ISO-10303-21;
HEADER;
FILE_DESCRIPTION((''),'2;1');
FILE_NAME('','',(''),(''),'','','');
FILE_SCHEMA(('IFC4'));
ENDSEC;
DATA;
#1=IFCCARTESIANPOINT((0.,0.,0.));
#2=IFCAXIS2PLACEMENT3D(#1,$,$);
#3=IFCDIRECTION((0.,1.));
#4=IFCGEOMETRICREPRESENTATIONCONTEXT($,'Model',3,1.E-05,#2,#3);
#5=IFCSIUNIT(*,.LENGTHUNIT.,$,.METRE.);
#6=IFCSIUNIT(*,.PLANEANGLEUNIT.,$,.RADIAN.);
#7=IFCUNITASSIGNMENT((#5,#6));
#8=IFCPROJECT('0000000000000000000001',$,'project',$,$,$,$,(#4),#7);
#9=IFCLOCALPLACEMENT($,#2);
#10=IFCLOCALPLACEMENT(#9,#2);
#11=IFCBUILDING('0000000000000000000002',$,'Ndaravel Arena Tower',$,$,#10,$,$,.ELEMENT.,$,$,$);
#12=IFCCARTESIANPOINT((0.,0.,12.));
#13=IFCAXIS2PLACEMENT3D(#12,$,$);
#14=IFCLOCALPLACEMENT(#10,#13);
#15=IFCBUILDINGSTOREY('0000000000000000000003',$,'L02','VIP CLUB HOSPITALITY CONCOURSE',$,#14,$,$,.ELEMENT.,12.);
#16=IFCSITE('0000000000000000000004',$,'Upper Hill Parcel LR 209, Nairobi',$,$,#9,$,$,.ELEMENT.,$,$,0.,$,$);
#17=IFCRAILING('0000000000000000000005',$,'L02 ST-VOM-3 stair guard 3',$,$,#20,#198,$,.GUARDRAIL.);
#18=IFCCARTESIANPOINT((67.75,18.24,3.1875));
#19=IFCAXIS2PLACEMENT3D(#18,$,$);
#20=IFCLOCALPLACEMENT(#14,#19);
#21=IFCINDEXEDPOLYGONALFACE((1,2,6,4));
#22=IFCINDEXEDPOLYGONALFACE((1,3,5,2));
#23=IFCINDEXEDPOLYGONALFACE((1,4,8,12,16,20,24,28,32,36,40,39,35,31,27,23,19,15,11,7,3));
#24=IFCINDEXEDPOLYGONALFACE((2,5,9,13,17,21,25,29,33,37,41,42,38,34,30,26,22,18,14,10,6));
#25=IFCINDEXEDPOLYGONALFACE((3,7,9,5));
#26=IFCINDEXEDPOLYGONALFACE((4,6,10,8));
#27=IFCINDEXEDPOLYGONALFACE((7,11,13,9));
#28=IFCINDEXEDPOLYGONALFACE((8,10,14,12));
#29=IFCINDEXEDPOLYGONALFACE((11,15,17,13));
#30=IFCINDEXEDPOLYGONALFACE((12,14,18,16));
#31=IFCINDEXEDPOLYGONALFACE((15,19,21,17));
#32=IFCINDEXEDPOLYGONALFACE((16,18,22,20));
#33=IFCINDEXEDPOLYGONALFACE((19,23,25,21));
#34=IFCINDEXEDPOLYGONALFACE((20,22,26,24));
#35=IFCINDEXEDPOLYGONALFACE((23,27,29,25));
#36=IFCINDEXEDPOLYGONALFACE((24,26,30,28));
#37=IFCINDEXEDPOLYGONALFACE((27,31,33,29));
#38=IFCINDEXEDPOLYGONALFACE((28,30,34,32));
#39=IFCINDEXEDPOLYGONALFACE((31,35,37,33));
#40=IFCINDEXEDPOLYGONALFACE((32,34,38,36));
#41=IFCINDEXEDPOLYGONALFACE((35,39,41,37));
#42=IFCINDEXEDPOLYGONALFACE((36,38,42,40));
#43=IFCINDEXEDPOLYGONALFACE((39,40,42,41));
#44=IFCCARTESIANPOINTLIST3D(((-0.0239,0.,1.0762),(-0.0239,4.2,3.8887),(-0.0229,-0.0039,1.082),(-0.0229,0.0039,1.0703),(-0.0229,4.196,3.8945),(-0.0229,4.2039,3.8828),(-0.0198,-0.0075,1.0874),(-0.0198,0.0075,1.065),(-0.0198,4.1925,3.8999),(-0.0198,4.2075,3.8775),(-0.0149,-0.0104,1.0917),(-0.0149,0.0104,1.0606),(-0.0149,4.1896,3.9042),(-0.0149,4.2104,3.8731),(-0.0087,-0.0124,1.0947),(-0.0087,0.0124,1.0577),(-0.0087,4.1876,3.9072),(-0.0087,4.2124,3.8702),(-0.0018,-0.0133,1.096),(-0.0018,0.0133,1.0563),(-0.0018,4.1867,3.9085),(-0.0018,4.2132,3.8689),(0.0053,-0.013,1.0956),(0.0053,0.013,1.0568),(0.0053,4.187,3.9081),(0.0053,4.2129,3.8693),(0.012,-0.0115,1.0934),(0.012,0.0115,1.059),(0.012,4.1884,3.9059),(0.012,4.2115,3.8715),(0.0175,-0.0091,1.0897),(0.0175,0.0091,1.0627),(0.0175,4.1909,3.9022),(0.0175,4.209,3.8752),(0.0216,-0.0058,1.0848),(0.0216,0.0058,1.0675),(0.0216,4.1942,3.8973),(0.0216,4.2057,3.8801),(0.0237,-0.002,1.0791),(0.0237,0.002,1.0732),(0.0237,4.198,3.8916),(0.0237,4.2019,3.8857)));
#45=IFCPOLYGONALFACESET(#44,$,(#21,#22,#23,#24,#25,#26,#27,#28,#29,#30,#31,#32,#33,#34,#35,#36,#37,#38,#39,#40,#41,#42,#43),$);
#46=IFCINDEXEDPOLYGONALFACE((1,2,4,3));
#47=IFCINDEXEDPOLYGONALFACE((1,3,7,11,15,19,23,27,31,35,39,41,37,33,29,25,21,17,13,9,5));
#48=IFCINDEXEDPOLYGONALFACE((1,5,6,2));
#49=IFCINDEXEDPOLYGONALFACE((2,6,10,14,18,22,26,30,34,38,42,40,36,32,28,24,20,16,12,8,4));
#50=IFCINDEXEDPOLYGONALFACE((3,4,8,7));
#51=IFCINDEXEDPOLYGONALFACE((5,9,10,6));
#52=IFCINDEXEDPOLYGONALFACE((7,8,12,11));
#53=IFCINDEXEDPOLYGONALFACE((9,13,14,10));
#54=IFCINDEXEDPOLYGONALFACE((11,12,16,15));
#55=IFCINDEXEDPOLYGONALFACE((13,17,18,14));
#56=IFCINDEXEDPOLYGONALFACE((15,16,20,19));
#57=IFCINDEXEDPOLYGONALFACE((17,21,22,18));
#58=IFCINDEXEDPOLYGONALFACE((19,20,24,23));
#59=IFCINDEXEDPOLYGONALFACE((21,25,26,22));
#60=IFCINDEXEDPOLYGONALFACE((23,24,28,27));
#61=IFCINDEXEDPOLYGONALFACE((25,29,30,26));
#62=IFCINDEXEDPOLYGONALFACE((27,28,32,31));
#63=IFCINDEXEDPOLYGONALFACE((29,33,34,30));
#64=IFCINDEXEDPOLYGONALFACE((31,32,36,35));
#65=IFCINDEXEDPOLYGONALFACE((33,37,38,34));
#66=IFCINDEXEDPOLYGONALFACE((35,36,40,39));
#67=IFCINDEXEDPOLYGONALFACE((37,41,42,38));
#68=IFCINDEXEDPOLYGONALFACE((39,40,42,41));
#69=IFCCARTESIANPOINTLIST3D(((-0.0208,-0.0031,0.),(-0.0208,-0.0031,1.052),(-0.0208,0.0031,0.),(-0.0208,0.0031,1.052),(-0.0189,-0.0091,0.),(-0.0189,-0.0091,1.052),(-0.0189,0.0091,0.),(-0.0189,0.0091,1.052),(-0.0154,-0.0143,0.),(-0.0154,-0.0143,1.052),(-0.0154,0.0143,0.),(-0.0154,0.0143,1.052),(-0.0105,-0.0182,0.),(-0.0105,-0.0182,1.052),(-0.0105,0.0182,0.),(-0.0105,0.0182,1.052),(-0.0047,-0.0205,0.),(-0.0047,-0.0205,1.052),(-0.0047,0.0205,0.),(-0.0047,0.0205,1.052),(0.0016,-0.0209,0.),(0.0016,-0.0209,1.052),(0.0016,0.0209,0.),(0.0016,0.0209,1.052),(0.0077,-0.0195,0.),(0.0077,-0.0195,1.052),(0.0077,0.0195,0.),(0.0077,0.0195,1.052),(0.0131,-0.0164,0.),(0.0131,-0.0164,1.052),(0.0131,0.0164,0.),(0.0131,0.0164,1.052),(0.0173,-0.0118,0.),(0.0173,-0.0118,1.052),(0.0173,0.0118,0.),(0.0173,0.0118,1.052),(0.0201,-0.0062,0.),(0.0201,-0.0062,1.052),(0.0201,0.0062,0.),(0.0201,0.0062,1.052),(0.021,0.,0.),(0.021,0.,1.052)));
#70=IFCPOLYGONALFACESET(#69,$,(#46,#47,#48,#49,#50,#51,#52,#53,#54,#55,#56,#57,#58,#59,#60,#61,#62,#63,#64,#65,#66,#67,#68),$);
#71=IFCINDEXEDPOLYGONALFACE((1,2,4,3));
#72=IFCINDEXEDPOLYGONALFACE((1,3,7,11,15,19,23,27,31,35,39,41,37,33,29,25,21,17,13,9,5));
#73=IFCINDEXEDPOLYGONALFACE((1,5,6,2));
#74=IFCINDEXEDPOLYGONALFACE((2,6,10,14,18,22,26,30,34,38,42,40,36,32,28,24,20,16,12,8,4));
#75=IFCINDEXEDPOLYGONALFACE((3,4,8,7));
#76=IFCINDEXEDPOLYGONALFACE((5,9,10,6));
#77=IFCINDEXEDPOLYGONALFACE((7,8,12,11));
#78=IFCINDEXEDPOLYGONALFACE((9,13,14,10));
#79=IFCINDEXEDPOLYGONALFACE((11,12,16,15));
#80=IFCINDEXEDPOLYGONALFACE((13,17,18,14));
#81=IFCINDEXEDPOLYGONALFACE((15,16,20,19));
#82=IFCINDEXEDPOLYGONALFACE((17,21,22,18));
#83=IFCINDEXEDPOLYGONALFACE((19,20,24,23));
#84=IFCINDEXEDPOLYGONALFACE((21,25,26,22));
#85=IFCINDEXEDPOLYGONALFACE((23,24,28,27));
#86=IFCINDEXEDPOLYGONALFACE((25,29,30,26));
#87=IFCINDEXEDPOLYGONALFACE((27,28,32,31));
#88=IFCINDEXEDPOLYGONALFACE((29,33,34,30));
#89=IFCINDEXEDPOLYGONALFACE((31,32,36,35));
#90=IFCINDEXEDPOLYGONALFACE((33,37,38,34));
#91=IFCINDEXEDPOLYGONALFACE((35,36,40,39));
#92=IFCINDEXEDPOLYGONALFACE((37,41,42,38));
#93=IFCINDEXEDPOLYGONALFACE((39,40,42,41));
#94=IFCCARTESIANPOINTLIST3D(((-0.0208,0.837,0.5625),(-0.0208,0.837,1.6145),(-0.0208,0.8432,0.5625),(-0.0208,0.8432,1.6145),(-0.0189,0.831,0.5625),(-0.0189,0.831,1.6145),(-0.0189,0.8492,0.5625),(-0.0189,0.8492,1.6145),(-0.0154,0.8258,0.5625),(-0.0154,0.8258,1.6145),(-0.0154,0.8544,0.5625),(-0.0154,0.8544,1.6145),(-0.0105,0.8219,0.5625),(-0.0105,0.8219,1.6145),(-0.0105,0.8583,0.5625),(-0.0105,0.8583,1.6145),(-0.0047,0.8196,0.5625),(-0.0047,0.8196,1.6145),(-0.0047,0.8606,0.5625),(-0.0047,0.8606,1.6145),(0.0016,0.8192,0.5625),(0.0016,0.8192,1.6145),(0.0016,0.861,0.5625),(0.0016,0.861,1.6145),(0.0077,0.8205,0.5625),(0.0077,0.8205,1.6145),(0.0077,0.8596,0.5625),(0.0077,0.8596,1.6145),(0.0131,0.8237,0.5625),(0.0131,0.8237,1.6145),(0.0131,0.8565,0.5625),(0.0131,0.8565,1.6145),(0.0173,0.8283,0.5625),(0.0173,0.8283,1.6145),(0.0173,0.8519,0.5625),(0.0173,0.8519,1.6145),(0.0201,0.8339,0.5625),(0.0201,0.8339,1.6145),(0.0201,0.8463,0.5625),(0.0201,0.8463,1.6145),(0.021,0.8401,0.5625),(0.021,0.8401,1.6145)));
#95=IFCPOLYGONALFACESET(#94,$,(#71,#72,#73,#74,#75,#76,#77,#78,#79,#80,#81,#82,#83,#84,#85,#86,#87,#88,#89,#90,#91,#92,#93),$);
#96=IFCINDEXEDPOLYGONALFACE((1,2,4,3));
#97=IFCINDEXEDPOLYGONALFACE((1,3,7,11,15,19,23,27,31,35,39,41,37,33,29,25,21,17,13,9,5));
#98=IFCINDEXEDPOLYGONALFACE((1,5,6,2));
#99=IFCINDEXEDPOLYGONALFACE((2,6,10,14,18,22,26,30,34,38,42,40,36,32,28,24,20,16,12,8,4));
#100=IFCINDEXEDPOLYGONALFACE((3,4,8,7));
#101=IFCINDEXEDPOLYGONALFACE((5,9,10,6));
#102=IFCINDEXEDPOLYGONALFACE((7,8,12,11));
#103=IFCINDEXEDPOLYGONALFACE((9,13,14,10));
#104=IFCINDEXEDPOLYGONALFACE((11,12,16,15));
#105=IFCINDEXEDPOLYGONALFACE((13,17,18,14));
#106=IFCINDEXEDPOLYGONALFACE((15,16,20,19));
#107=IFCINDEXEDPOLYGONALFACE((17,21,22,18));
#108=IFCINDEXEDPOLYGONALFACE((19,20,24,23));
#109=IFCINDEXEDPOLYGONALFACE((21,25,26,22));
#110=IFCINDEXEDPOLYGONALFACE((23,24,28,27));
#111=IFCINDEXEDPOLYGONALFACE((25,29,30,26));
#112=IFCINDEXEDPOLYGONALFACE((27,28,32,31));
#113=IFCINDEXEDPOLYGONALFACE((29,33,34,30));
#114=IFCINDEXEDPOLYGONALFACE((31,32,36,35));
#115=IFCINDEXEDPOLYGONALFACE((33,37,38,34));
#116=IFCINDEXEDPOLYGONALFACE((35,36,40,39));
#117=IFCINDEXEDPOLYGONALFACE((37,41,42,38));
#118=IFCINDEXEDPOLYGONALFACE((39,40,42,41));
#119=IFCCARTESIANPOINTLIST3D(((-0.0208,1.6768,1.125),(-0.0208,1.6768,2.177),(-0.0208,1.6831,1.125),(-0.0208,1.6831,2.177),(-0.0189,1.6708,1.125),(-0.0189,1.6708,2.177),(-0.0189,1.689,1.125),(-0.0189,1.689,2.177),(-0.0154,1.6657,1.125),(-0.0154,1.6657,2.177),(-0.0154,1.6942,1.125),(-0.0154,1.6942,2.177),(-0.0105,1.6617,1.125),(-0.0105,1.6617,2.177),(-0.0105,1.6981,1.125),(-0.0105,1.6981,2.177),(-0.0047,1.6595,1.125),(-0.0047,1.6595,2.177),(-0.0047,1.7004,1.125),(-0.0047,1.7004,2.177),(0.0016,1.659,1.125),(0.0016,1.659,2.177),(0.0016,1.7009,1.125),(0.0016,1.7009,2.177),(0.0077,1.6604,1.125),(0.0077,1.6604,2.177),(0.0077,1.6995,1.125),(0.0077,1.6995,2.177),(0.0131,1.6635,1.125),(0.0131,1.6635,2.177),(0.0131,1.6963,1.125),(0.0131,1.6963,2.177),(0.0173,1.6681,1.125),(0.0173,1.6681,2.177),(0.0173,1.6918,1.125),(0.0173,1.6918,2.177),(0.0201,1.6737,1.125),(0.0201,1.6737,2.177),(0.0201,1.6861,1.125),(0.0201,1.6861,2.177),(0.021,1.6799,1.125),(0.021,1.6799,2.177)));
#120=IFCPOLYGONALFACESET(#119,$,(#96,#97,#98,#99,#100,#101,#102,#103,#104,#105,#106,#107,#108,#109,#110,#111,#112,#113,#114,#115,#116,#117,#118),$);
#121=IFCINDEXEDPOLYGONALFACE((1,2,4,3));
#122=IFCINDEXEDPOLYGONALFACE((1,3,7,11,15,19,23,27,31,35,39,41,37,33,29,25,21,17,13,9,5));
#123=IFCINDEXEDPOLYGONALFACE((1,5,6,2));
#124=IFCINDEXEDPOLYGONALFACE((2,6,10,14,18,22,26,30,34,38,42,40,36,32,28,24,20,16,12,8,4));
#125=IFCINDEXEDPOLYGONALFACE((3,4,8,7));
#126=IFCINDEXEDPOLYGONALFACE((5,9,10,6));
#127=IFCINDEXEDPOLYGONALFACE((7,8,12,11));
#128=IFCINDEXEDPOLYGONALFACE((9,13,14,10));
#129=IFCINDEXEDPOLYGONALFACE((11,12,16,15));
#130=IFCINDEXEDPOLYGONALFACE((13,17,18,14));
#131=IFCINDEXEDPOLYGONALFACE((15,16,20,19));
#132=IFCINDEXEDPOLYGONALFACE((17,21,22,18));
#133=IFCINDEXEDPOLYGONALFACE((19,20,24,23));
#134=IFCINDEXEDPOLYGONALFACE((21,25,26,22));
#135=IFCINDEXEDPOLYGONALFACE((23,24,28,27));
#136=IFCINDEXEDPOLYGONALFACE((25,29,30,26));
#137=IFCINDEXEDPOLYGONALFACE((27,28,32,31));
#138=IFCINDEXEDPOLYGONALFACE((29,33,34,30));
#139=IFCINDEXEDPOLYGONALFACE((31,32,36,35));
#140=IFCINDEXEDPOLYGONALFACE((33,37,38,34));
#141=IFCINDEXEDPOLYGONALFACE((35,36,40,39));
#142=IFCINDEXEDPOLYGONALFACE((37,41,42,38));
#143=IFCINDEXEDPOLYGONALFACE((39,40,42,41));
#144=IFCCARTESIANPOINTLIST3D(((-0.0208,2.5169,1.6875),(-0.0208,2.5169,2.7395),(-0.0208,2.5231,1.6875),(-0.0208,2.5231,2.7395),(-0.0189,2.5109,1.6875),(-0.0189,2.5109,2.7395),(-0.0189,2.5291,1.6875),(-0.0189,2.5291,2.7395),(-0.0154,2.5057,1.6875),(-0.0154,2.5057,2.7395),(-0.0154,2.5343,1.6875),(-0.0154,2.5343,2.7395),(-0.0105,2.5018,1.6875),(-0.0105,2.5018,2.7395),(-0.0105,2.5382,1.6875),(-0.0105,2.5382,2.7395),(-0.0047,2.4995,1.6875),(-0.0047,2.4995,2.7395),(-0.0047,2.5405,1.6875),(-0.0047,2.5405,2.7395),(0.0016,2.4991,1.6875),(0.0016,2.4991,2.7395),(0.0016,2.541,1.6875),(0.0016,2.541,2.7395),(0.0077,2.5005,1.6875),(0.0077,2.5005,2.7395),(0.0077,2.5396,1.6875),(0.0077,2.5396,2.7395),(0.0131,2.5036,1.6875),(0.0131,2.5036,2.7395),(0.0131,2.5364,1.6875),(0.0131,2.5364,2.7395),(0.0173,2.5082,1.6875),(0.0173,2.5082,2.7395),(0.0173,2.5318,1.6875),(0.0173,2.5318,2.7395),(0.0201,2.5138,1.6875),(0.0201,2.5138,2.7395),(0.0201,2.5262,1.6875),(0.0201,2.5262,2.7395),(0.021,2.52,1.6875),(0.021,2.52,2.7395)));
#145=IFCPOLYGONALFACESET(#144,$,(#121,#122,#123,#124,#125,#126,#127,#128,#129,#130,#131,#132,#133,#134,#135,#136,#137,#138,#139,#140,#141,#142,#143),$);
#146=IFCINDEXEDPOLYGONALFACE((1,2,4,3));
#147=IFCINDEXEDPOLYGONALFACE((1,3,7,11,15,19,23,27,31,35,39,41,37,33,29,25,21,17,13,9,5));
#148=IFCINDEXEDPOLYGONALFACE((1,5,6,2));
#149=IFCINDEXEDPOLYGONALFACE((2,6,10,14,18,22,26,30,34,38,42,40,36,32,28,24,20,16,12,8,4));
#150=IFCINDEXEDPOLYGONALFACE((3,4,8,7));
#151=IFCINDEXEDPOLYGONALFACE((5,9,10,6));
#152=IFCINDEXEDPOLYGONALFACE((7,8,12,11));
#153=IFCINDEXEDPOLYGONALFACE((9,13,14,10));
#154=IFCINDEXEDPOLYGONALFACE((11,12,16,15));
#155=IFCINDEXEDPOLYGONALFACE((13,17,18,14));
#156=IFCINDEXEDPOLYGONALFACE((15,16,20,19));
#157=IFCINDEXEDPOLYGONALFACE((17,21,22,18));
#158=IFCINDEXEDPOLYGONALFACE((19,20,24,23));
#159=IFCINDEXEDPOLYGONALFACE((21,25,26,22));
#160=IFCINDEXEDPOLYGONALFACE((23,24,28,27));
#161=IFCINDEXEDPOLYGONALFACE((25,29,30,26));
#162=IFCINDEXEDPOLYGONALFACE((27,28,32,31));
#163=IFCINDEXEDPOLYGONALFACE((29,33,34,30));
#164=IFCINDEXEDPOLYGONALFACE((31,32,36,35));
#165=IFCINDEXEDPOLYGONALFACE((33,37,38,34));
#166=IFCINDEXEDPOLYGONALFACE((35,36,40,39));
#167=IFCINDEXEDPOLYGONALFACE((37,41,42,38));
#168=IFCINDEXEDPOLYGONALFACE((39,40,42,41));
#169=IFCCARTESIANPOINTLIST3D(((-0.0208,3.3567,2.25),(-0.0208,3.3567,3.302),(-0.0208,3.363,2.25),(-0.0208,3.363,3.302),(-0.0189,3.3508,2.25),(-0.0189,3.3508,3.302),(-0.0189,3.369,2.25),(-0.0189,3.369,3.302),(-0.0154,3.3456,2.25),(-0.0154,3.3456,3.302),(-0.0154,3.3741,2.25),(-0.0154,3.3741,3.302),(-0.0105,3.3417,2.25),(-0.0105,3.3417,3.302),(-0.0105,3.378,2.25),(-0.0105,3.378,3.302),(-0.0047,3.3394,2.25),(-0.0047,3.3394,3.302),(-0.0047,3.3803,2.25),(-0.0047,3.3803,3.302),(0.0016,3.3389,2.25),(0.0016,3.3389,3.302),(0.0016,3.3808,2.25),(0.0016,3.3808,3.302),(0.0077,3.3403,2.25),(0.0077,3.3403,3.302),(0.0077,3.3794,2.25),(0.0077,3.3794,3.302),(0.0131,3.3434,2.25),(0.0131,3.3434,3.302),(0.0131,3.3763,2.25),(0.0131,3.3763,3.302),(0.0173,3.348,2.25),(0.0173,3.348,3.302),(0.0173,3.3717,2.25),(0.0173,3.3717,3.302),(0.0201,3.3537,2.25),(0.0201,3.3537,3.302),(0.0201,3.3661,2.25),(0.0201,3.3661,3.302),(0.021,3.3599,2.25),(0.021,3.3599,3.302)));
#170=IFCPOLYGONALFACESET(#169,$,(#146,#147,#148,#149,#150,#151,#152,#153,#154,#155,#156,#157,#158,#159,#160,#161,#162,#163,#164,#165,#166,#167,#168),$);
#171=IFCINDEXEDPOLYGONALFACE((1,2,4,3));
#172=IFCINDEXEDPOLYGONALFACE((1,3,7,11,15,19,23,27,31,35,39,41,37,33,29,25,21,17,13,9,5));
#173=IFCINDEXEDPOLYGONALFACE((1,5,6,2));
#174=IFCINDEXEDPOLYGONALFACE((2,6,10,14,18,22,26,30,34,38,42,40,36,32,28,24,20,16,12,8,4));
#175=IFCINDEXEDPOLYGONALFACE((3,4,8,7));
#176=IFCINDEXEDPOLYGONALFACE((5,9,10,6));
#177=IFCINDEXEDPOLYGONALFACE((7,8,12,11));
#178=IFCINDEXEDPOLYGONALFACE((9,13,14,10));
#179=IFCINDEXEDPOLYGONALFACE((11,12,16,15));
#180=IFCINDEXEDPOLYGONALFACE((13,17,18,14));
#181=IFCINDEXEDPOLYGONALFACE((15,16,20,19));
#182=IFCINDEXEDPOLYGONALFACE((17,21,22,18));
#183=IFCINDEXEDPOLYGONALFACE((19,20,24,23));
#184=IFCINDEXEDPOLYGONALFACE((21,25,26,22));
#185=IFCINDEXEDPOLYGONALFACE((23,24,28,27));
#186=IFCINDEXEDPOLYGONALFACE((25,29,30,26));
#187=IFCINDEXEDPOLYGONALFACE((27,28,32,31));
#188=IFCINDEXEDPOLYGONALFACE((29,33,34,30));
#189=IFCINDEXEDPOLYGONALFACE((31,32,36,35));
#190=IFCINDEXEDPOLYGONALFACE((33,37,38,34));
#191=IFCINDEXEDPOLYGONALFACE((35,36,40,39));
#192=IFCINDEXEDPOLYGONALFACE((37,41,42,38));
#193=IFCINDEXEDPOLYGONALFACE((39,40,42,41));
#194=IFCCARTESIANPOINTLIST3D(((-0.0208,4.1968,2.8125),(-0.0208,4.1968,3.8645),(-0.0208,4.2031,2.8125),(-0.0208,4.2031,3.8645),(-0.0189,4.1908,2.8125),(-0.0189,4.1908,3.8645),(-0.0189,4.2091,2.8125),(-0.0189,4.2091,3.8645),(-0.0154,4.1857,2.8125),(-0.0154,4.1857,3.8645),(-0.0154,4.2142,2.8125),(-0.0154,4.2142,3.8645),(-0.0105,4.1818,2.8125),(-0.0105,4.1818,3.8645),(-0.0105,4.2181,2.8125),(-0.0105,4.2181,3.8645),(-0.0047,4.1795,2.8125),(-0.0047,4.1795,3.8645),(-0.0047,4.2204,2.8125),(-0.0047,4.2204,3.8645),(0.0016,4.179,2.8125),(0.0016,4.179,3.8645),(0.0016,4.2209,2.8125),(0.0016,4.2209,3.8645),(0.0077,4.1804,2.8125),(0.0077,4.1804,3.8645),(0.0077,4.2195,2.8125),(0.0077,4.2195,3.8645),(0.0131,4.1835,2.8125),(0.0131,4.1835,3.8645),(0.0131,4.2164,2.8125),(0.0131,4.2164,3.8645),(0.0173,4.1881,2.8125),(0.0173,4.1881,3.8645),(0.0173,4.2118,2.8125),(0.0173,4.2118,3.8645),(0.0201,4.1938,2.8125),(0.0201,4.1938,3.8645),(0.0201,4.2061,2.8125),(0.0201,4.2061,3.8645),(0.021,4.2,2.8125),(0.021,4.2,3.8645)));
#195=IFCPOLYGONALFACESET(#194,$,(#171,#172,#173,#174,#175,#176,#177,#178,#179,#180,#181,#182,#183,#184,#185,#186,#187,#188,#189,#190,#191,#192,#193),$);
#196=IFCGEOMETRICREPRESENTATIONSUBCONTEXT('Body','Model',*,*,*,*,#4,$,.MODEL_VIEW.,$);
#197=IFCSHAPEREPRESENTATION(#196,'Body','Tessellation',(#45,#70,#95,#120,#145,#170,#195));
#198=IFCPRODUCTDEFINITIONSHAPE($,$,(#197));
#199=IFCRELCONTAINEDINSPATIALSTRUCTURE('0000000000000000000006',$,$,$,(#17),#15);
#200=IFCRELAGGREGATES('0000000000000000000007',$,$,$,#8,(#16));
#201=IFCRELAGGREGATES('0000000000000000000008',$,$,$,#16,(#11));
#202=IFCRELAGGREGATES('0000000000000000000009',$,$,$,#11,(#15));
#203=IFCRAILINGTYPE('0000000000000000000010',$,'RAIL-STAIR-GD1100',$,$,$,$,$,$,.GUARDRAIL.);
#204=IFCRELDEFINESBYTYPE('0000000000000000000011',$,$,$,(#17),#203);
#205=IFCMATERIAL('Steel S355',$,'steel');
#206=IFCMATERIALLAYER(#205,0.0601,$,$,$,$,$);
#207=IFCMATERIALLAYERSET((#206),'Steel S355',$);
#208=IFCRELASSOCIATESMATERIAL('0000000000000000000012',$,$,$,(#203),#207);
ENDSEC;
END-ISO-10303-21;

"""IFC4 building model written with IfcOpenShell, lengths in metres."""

from ifc_helpers import new_model, si_unit, direction, frame, origin, origin_2d, place, context, subcontext, project, spatial, circle, extrude, material, layer, layer_set, type_object, element, save


model = new_model("IFC4")

# Units and contexts
model_context = context("Model", 3, precision=1e-05, world=origin(), true_north=direction((0.0, 1.0)))
body_context = subcontext(model_context, "Body", "Model", "MODEL_VIEW")
ifc_project = project(units=[si_unit("LENGTHUNIT", "METRE"), si_unit("PLANEANGLEUNIT", "RADIAN")], contexts=[model_context])

# Site, building, storey
site_placement = place(None, origin())
site = spatial("IfcSite", under=ifc_project, at=site_placement, Name="Upper Hill Parcel LR 209, Nairobi", CompositionType="ELEMENT", RefElevation=0.0)
building_placement = place(site_placement, origin())
building = spatial("IfcBuilding", under=site, at=building_placement, Name="Ndaravel Arena Tower", CompositionType="ELEMENT")
storey_placement = place(building_placement, frame((0.0, 0.0, 12.0)))
storey = spatial("IfcBuildingStorey", under=building, at=storey_placement, Name="L02", Description="VIP CLUB HOSPITALITY CONCOURSE", CompositionType="ELEMENT", Elevation=12.0)

# Railing
ifc_material_1 = material(Name="Steel S355", Category="steel")
ifc_layer_1 = layer(ifc_material_1, 0.0601)
ifc_layer_set_1 = layer_set([ifc_layer_1], Name="Steel S355")
railing_type_1 = type_object("IfcRailingType", Name="RAIL-STAIR-GD1100", PredefinedType="GUARDRAIL", material=ifc_layer_set_1)
railing_1_placement = place(storey_placement, frame((67.75, 18.24, 3.1875)))
element("IfcRailing", 1, at=railing_1_placement, inside=storey, type_object=railing_type_1, Name="L02 ST-VOM-3 stair guard 3", PredefinedType="GUARDRAIL", context=body_context, shape_type="SweptSolid", body=[
    extrude(circle(Radius=0.0239, at=origin_2d()), frame((0.0, 0.0, 1.0762), z_axis=(0.0, 0.830904, 0.556416), x_axis=(-1.0, 0.0, 0.0)), (0.0, 0.0, 1.0), 5.0547),
    extrude(circle(Radius=0.021, at=origin_2d()), origin(), (0.0, 0.0, 1.0), 1.052),
    extrude(circle(Radius=0.021, at=origin_2d()), frame((0.0, 0.8401, 0.5625)), (0.0, 0.0, 1.0), 1.052),
    extrude(circle(Radius=0.021, at=origin_2d()), frame((0.0, 1.6799, 1.125)), (0.0, 0.0, 1.0), 1.052),
    extrude(circle(Radius=0.021, at=origin_2d()), frame((0.0, 2.52, 1.6875)), (0.0, 0.0, 1.0), 1.052),
    extrude(circle(Radius=0.021, at=origin_2d()), frame((0.0, 3.3599, 2.25)), (0.0, 0.0, 1.0), 1.052),
    extrude(circle(Radius=0.021, at=origin_2d()), frame((0.0, 4.2, 2.8125)), (0.0, 0.0, 1.0), 1.052),
])

save(model, "model.ifc")
